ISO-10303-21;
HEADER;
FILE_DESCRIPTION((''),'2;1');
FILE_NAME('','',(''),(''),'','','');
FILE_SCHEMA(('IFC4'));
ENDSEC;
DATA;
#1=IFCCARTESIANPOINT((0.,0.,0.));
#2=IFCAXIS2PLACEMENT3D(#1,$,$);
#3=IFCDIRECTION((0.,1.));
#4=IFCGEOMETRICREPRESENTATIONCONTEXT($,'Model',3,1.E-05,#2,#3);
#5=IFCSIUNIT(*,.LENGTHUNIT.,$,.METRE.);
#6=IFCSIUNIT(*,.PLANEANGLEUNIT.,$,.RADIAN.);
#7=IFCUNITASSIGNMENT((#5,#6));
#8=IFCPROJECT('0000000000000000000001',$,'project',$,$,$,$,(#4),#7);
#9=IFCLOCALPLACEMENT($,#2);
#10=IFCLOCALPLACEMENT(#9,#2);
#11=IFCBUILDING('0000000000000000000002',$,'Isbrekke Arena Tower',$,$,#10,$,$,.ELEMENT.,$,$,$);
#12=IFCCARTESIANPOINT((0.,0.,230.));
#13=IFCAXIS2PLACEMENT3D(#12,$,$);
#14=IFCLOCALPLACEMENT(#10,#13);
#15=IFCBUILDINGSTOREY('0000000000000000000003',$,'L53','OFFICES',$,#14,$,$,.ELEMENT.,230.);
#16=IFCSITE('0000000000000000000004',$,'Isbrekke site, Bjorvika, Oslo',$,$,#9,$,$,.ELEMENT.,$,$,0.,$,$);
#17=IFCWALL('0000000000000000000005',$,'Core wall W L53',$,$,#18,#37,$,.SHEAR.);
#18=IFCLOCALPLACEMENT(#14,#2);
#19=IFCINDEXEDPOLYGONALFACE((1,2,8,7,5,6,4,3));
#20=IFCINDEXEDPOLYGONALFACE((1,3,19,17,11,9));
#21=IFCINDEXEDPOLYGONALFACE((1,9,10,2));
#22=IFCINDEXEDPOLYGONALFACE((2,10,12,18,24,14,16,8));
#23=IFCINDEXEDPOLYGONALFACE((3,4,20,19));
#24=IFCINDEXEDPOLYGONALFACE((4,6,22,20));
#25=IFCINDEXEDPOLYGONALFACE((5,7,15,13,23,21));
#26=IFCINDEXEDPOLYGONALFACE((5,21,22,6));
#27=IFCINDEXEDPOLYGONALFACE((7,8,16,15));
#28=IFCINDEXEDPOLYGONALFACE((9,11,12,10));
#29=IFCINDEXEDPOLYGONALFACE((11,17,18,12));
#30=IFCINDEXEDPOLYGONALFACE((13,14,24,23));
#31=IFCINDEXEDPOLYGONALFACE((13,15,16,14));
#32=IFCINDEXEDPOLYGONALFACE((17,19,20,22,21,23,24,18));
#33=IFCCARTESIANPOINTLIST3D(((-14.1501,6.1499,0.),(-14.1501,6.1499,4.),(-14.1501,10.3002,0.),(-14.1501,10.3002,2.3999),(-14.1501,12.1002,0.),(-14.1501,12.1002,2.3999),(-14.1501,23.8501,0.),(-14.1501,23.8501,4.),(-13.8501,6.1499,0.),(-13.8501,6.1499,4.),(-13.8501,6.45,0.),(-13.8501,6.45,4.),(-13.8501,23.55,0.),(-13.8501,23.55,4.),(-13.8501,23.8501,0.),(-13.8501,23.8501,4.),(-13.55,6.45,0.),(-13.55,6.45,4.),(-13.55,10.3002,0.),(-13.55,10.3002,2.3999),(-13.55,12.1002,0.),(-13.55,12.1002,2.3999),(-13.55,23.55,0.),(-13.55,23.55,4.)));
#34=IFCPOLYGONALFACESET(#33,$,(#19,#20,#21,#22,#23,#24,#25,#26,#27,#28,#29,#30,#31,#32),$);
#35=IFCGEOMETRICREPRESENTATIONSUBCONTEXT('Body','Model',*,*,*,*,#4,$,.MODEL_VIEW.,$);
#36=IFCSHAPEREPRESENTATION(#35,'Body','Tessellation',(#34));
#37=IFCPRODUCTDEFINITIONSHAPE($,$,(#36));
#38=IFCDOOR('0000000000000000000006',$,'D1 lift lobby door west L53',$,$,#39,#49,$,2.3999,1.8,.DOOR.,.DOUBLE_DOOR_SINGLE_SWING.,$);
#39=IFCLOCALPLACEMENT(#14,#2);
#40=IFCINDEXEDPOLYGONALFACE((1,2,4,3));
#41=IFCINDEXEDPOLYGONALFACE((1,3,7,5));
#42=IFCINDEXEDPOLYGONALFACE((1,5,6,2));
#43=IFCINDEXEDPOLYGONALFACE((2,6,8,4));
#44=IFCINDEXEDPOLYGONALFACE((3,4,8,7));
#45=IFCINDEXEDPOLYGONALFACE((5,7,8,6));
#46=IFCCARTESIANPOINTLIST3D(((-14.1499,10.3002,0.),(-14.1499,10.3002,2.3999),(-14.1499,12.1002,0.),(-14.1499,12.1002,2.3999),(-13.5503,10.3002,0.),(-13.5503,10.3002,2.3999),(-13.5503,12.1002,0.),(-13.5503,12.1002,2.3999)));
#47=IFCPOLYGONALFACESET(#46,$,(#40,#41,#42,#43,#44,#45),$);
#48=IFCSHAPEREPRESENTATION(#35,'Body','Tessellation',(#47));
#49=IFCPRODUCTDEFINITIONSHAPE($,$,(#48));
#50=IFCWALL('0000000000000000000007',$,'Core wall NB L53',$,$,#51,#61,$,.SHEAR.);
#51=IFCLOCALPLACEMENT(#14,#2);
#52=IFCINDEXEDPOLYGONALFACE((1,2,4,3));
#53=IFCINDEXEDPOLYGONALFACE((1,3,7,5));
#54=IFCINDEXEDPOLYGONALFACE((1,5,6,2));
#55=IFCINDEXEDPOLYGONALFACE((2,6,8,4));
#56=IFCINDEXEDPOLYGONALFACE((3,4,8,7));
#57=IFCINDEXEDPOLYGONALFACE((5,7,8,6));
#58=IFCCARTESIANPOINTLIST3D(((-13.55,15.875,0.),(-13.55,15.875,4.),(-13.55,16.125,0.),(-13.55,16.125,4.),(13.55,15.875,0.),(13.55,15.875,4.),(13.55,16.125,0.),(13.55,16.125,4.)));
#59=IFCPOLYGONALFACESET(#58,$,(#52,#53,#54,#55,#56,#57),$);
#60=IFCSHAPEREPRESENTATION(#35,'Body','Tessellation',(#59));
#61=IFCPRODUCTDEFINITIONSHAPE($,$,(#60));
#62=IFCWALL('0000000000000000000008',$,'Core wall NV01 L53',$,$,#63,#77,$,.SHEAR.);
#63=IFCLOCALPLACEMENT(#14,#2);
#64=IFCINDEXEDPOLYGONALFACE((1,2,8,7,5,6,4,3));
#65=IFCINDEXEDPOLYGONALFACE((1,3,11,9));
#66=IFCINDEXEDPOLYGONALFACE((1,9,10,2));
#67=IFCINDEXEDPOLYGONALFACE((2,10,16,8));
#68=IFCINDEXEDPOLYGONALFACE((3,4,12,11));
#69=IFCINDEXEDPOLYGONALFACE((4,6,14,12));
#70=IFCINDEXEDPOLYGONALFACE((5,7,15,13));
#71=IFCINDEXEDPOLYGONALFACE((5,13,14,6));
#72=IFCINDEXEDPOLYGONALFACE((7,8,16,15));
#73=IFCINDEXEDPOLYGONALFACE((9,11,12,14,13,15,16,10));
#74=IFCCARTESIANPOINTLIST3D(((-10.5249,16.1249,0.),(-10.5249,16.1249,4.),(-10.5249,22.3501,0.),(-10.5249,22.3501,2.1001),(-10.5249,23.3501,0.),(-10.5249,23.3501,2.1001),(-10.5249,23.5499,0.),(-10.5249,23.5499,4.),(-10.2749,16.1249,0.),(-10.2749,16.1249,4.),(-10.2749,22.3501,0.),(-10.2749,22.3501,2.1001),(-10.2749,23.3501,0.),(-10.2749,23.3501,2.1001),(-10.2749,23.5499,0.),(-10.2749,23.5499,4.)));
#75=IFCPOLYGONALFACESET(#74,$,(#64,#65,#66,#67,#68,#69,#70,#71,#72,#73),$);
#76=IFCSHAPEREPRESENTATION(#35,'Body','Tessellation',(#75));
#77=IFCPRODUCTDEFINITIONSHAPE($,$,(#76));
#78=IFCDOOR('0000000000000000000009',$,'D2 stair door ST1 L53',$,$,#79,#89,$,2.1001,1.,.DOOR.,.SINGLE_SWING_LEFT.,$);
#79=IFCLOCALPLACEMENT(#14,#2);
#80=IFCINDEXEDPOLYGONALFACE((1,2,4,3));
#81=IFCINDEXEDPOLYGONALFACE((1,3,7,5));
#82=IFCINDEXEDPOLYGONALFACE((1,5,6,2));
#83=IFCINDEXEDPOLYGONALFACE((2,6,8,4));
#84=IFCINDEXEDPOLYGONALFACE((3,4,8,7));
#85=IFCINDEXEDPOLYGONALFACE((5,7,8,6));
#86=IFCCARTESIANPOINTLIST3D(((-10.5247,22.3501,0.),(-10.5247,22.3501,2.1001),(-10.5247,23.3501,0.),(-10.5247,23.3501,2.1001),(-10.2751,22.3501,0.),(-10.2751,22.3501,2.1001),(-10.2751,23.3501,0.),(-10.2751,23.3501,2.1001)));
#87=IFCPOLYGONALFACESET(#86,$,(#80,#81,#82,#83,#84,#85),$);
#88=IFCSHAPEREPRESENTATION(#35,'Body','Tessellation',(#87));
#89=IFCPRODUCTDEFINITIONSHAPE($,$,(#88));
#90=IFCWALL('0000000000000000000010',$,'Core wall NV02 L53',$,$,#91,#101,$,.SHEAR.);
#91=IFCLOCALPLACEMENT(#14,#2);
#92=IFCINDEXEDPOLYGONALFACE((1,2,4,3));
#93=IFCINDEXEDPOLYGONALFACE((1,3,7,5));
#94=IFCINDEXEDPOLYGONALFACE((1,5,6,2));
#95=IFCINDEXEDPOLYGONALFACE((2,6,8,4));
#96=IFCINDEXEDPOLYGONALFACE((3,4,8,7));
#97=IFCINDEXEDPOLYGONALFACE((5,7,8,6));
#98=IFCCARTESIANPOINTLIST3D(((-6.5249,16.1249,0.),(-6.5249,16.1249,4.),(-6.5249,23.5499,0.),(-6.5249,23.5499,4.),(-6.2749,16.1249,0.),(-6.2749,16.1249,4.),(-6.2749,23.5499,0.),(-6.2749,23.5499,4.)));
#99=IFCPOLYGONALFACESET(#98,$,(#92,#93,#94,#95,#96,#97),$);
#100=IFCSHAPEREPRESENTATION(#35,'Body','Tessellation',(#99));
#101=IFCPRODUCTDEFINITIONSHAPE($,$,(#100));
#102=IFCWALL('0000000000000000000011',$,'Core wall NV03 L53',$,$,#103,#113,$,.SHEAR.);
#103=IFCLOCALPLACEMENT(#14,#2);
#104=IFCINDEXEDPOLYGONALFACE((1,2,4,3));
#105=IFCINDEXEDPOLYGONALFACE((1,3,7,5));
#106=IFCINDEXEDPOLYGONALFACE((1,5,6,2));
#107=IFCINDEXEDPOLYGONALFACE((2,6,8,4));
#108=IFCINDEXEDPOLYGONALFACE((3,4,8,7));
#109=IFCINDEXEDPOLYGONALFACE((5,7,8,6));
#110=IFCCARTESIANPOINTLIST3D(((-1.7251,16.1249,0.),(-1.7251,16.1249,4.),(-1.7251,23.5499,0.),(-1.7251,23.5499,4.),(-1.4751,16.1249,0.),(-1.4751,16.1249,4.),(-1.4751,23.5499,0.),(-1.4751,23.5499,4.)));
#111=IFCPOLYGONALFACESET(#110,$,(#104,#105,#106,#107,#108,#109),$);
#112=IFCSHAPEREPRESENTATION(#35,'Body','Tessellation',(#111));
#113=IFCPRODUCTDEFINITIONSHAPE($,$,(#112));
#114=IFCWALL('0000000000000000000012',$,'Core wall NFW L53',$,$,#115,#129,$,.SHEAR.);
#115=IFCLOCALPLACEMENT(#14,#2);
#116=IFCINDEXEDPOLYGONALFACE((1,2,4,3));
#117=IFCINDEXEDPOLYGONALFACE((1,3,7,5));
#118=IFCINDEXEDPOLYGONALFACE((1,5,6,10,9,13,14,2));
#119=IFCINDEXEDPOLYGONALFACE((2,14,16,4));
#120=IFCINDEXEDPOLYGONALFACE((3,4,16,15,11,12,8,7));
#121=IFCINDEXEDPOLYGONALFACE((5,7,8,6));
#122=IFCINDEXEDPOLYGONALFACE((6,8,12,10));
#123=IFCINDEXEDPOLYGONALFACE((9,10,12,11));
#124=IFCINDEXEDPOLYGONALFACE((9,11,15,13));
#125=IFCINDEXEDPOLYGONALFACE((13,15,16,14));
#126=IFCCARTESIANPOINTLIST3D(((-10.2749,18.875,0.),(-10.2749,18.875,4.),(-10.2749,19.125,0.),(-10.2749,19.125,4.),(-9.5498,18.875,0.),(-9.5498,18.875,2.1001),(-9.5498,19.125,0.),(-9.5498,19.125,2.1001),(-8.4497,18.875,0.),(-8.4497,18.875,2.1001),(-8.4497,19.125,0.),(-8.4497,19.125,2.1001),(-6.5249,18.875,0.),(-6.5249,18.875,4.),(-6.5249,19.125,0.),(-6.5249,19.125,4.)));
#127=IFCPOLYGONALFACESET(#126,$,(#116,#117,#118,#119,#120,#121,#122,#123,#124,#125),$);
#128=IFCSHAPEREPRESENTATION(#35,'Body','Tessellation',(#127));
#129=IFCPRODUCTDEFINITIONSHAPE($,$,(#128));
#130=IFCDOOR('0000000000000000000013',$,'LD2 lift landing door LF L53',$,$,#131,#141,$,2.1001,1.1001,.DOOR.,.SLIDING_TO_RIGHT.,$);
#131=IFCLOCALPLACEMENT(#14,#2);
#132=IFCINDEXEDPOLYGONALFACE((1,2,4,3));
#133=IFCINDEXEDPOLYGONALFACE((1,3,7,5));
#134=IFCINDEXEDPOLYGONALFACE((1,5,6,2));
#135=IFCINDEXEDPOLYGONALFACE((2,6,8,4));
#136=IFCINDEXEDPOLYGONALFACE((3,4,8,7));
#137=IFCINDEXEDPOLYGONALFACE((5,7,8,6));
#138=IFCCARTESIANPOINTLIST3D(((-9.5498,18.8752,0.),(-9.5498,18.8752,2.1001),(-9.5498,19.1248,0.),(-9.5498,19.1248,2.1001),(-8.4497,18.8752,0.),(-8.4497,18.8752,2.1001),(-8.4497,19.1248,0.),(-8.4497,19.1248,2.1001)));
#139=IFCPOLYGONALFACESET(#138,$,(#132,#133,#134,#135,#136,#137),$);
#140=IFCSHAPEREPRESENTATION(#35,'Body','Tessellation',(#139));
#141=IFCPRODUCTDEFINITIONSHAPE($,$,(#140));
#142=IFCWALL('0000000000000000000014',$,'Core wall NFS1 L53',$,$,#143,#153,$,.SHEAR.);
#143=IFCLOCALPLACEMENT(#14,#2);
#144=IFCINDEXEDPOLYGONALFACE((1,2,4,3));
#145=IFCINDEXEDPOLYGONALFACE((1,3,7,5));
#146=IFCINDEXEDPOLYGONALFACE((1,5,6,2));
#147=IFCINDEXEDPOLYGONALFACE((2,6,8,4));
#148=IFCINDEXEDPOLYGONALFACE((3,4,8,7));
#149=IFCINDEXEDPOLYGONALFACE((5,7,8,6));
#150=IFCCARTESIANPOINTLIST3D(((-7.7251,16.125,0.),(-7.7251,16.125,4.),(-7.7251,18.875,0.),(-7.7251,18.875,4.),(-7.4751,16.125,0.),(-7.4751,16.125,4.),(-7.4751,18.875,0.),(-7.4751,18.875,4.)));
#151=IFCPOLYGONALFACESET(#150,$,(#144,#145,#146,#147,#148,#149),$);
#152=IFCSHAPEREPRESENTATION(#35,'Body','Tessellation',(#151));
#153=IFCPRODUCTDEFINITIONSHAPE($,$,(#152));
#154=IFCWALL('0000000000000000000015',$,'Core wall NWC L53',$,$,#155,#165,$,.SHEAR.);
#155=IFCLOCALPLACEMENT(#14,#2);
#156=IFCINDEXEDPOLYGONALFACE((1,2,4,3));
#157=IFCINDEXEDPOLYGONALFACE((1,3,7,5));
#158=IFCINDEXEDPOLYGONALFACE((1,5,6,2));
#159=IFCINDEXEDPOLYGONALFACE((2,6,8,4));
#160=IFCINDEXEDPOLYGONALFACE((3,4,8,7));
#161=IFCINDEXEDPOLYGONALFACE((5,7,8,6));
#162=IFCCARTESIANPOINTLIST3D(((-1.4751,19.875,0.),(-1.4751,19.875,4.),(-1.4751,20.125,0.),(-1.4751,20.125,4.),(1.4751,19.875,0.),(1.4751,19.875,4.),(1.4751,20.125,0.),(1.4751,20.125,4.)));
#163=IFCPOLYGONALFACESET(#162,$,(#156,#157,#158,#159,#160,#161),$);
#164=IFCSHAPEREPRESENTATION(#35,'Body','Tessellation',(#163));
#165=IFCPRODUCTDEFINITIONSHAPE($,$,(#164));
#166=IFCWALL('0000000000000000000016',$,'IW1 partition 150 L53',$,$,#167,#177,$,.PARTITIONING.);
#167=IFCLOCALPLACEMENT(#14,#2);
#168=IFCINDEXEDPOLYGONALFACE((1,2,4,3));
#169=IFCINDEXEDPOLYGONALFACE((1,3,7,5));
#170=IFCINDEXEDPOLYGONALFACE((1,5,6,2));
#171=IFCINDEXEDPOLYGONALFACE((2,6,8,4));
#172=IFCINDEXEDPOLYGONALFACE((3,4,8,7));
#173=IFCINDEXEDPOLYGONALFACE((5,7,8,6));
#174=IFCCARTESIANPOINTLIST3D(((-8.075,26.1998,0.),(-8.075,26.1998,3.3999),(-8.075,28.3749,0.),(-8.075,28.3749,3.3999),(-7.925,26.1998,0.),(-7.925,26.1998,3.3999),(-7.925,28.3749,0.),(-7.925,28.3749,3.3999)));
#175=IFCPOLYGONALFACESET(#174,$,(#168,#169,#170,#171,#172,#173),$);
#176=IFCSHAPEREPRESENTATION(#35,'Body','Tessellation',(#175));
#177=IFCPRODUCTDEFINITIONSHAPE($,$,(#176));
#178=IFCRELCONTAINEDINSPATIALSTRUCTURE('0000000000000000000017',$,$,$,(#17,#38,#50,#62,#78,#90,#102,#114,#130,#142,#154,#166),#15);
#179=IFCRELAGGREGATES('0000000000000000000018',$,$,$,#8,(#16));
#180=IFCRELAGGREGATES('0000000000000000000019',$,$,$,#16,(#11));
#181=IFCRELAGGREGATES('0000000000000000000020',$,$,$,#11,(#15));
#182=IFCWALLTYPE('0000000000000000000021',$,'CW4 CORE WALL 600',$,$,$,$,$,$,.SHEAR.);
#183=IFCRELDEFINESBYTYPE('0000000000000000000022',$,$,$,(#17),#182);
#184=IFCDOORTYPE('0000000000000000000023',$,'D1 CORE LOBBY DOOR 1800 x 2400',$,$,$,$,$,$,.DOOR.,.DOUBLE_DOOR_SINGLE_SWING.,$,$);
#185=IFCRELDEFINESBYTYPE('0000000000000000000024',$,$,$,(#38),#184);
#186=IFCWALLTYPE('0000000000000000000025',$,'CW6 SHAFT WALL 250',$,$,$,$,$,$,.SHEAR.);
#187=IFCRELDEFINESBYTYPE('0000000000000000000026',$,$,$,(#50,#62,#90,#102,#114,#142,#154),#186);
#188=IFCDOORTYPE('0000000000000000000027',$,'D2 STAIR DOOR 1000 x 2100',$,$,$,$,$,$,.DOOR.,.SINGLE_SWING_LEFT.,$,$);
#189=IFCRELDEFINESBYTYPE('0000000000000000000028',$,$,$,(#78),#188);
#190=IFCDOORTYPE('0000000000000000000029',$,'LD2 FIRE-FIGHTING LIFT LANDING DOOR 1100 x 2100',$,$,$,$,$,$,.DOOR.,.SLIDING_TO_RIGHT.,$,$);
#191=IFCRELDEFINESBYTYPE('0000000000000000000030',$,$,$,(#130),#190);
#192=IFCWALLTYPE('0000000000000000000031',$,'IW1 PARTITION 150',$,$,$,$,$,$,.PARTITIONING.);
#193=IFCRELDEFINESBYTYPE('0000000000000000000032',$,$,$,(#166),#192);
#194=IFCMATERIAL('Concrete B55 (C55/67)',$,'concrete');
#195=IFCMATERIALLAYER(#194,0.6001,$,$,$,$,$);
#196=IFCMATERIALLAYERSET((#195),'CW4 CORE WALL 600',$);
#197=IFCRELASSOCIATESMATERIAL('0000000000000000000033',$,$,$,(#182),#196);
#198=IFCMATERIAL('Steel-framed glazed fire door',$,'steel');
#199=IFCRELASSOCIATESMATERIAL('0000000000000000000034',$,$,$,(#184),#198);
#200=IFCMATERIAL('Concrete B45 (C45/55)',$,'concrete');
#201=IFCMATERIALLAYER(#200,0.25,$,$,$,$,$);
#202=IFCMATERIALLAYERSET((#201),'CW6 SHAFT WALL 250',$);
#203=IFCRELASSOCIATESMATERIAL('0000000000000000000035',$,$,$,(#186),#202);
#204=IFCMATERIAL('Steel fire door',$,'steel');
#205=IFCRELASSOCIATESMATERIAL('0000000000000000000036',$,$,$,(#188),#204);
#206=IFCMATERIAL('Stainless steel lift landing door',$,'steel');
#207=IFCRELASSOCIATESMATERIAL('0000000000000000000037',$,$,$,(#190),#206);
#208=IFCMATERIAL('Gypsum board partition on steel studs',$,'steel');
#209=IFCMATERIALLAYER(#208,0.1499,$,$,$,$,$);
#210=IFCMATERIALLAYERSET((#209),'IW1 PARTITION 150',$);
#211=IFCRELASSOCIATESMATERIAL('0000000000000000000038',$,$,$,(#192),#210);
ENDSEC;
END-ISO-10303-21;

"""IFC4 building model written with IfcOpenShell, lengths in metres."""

from ifc_helpers import new_model, si_unit, direction, frame, frame_2d, origin, place, context, subcontext, project, spatial, polyline, rectangle, outline, extrude, material, layer, layer_set, type_object, element, fill, save


model = new_model("IFC4")

# Units and contexts
model_context = context("Model", 3, precision=1e-05, world=origin(), true_north=direction((0.0, 1.0)))
body_context = subcontext(model_context, "Body", "Model", "MODEL_VIEW")
ifc_project = project(units=[si_unit("LENGTHUNIT", "METRE"), si_unit("PLANEANGLEUNIT", "RADIAN")], contexts=[model_context])

# Site, building, storey
site_placement = place(None, origin())
site = spatial("IfcSite", under=ifc_project, at=site_placement, Name="Isbrekke site, Bjorvika, Oslo", CompositionType="ELEMENT", RefElevation=0.0)
building_placement = place(site_placement, origin())
building = spatial("IfcBuilding", under=site, at=building_placement, Name="Isbrekke Arena Tower", CompositionType="ELEMENT")
storey_placement = place(building_placement, frame((0.0, 0.0, 230.0)))
storey = spatial("IfcBuildingStorey", under=building, at=storey_placement, Name="L53", Description="OFFICES", CompositionType="ELEMENT", Elevation=230.0)

# Wall, opening, door
ifc_material_1 = material(Name="Concrete B55 (C55/67)", Category="concrete")
ifc_layer_1 = layer(ifc_material_1, 0.6001)
ifc_layer_set_1 = layer_set([ifc_layer_1], Name="CW4 CORE WALL 600")
wall_type_1 = type_object("IfcWallType", Name="CW4 CORE WALL 600", PredefinedType="SHEAR", material=ifc_layer_set_1)
wall_1_placement = place(storey_placement, frame((-13.8501, 23.8501, 0.0), z_axis=(0.0, 0.0, 1.0), x_axis=(0.0, -1.0, 0.0)))
wall_1 = element("IfcWall", 1, at=wall_1_placement, inside=storey, type_object=wall_type_1, Name="Core wall W L53", PredefinedType="SHEAR", context=body_context, shape_type="SweptSolid", body=[
    extrude(outline(polyline([(0.0, -0.3), (17.7002, -0.3), (17.7002, 0.0), (17.4001, 0.0), (17.4001, 0.3), (0.3, 0.3), (0.3, 0.0), (0.0, 0.0), (0.0, -0.3)])), origin(), (0.0, 0.0, 1.0), 4.0),
])
opening_1_placement = place(wall_1_placement, frame((11.75, 0.0, 0.0)))
opening_1 = element("IfcOpeningElement", 2, at=opening_1_placement, cuts=wall_1, PredefinedType="OPENING", context=body_context, shape_type="SweptSolid", body=[
    extrude(rectangle(XDim=1.8, YDim=2.3999, at=frame_2d((0.8999, 1.2))), frame((0.0, 0.3149, 0.0), z_axis=(0.0, -1.0, 0.0), x_axis=(1.0, 0.0, 0.0)), (0.0, 0.0, 1.0), 0.6299),
])
ifc_material_2 = material(Name="Steel-framed glazed fire door", Category="steel")
door_type_1 = type_object("IfcDoorType", Name="D1 CORE LOBBY DOOR 1800 x 2400", OperationType="DOUBLE_DOOR_SINGLE_SWING", PredefinedType="DOOR", material=ifc_material_2)
door_1_placement = place(opening_1_placement, origin())
door_1 = element("IfcDoor", 3, at=door_1_placement, inside=storey, type_object=door_type_1, Name="D1 lift lobby door west L53", OperationType="DOUBLE_DOOR_SINGLE_SWING", OverallHeight=2.3999, OverallWidth=1.8, PredefinedType="DOOR", context=body_context, shape_type="SweptSolid", body=[
    extrude(rectangle(XDim=1.8, YDim=2.3999, at=frame_2d((0.8999, 1.2))), frame((0.0, 0.2998, 0.0), z_axis=(0.0, -1.0, 0.0), x_axis=(1.0, 0.0, 0.0)), (0.0, 0.0, 1.0), 0.5996),
])
fill(opening_1, door_1)

# Wall
ifc_material_3 = material(Name="Concrete B45 (C45/55)", Category="concrete")
ifc_layer_2 = layer(ifc_material_3, 0.25)
ifc_layer_set_2 = layer_set([ifc_layer_2], Name="CW6 SHAFT WALL 250")
wall_type_2 = type_object("IfcWallType", Name="CW6 SHAFT WALL 250", PredefinedType="SHEAR", material=ifc_layer_set_2)
wall_2_placement = place(storey_placement, frame((-13.55, 16.0, 0.0), z_axis=(0.0, 0.0, 1.0), x_axis=(1.0, 0.0, 0.0)))
element("IfcWall", 4, at=wall_2_placement, inside=storey, type_object=wall_type_2, Name="Core wall NB L53", PredefinedType="SHEAR", context=body_context, shape_type="SweptSolid", body=[
    extrude(rectangle(XDim=27.1001, YDim=0.25, at=frame_2d((13.55, 0.0))), origin(), (0.0, 0.0, 1.0), 4.0),
])

# Wall, opening, door
wall_3_placement = place(storey_placement, frame((-10.3999, 16.125, 0.0), z_axis=(0.0, 0.0, 1.0), x_axis=(0.0, 1.0, 0.0)))
wall_3 = element("IfcWall", 5, at=wall_3_placement, inside=storey, type_object=wall_type_2, Name="Core wall NV01 L53", PredefinedType="SHEAR", context=body_context, shape_type="SweptSolid", body=[
    extrude(rectangle(XDim=7.425, YDim=0.25, at=frame_2d((3.7124, 0.0))), origin(), (0.0, 0.0, 1.0), 4.0),
])
opening_2_placement = place(wall_3_placement, frame((6.2251, 0.0, 0.0)))
opening_2 = element("IfcOpeningElement", 6, at=opening_2_placement, cuts=wall_3, PredefinedType="OPENING", context=body_context, shape_type="SweptSolid", body=[
    extrude(rectangle(XDim=1.0, YDim=2.1001, at=frame_2d((0.5, 1.05))), frame((0.0, 0.1399, 0.0), z_axis=(0.0, -1.0, 0.0), x_axis=(1.0, 0.0, 0.0)), (0.0, 0.0, 1.0), 0.2798),
])
ifc_material_4 = material(Name="Steel fire door", Category="steel")
door_type_2 = type_object("IfcDoorType", Name="D2 STAIR DOOR 1000 x 2100", OperationType="SINGLE_SWING_LEFT", PredefinedType="DOOR", material=ifc_material_4)
door_2_placement = place(opening_2_placement, origin())
door_2 = element("IfcDoor", 7, at=door_2_placement, inside=storey, type_object=door_type_2, Name="D2 stair door ST1 L53", OperationType="SINGLE_SWING_LEFT", OverallHeight=2.1001, OverallWidth=1.0, PredefinedType="DOOR", context=body_context, shape_type="SweptSolid", body=[
    extrude(rectangle(XDim=1.0, YDim=2.1001, at=frame_2d((0.5, 1.05))), frame((0.0, 0.1248, 0.0), z_axis=(0.0, -1.0, 0.0), x_axis=(1.0, 0.0, 0.0)), (0.0, 0.0, 1.0), 0.2495),
])
fill(opening_2, door_2)

# Walls
for number, where, z_axis, x_axis, name in (
    (8, (-6.3999, 16.125, 0.0), (0.0, 0.0, 1.0), (0.0, 1.0, 0.0), "Core wall NV02 L53"),
    (9, (-1.6001, 16.125, 0.0), (0.0, 0.0, 1.0), (0.0, 1.0, 0.0), "Core wall NV03 L53"),
):
    element("IfcWall", number, at=place(storey_placement, frame(where, z_axis=z_axis, x_axis=x_axis)), inside=storey, type_object=wall_type_2, Name=name, PredefinedType="SHEAR", context=body_context, shape_type="SweptSolid", body=[
        extrude(rectangle(XDim=7.425, YDim=0.25, at=frame_2d((3.7124, 0.0))), origin(), (0.0, 0.0, 1.0), 4.0),
    ])

# Wall, opening, door
wall_4_placement = place(storey_placement, frame((-10.2749, 19.0, 0.0), z_axis=(0.0, 0.0, 1.0), x_axis=(1.0, 0.0, 0.0)))
wall_4 = element("IfcWall", 10, at=wall_4_placement, inside=storey, type_object=wall_type_2, Name="Core wall NFW L53", PredefinedType="SHEAR", context=body_context, shape_type="SweptSolid", body=[
    extrude(rectangle(XDim=3.75, YDim=0.25, at=frame_2d((1.875, 0.0))), origin(), (0.0, 0.0, 1.0), 4.0),
])
opening_3_placement = place(wall_4_placement, frame((0.7251, 0.0, 0.0)))
opening_3 = element("IfcOpeningElement", 11, at=opening_3_placement, cuts=wall_4, PredefinedType="OPENING", context=body_context, shape_type="SweptSolid", body=[
    extrude(rectangle(XDim=1.1001, YDim=2.1001, at=frame_2d((0.55, 1.05))), frame((0.0, 0.1399, 0.0), z_axis=(0.0, -1.0, 0.0), x_axis=(1.0, 0.0, 0.0)), (0.0, 0.0, 1.0), 0.2798),
])
ifc_material_5 = material(Name="Stainless steel lift landing door", Category="steel")
door_type_3 = type_object("IfcDoorType", Name="LD2 FIRE-FIGHTING LIFT LANDING DOOR 1100 x 2100", OperationType="SLIDING_TO_RIGHT", PredefinedType="DOOR", material=ifc_material_5)
door_3_placement = place(opening_3_placement, origin())
door_3 = element("IfcDoor", 12, at=door_3_placement, inside=storey, type_object=door_type_3, Name="LD2 lift landing door LF L53", OperationType="SLIDING_TO_RIGHT", OverallHeight=2.1001, OverallWidth=1.1001, PredefinedType="DOOR", context=body_context, shape_type="SweptSolid", body=[
    extrude(rectangle(XDim=1.1001, YDim=2.1001, at=frame_2d((0.55, 1.05))), frame((0.0, 0.1248, 0.0), z_axis=(0.0, -1.0, 0.0), x_axis=(1.0, 0.0, 0.0)), (0.0, 0.0, 1.0), 0.2495),
])
fill(opening_3, door_3)

# Walls
wall_5_placement = place(storey_placement, frame((-7.6001, 16.125, 0.0), z_axis=(0.0, 0.0, 1.0), x_axis=(0.0, 1.0, 0.0)))
element("IfcWall", 13, at=wall_5_placement, inside=storey, type_object=wall_type_2, Name="Core wall NFS1 L53", PredefinedType="SHEAR", context=body_context, shape_type="SweptSolid", body=[
    extrude(rectangle(XDim=2.75, YDim=0.25, at=frame_2d((1.375, 0.0))), origin(), (0.0, 0.0, 1.0), 4.0),
])
wall_6_placement = place(storey_placement, frame((-1.4751, 20.0, 0.0), z_axis=(0.0, 0.0, 1.0), x_axis=(1.0, 0.0, 0.0)))
element("IfcWall", 14, at=wall_6_placement, inside=storey, type_object=wall_type_2, Name="Core wall NWC L53", PredefinedType="SHEAR", context=body_context, shape_type="SweptSolid", body=[
    extrude(rectangle(XDim=2.9502, YDim=0.25, at=frame_2d((1.4751, 0.0))), origin(), (0.0, 0.0, 1.0), 4.0),
])
ifc_material_6 = material(Name="Gypsum board partition on steel studs", Category="steel")
ifc_layer_3 = layer(ifc_material_6, 0.1499)
ifc_layer_set_3 = layer_set([ifc_layer_3], Name="IW1 PARTITION 150")
wall_type_3 = type_object("IfcWallType", Name="IW1 PARTITION 150", PredefinedType="PARTITIONING", material=ifc_layer_set_3)
wall_7_placement = place(storey_placement, frame((-8.0, 26.2, 0.0), z_axis=(0.0, 0.0, 1.0), x_axis=(0.0, 1.0, 0.0)))
element("IfcWall", 15, at=wall_7_placement, inside=storey, type_object=wall_type_3, Name="IW1 partition 150 L53", PredefinedType="PARTITIONING", context=body_context, shape_type="SweptSolid", body=[
    extrude(rectangle(XDim=2.175, YDim=0.1499, at=frame_2d((1.0874, 0.0))), origin(), (0.0, 0.0, 1.0), 3.3999),
])

save(model, "model.ifc")
